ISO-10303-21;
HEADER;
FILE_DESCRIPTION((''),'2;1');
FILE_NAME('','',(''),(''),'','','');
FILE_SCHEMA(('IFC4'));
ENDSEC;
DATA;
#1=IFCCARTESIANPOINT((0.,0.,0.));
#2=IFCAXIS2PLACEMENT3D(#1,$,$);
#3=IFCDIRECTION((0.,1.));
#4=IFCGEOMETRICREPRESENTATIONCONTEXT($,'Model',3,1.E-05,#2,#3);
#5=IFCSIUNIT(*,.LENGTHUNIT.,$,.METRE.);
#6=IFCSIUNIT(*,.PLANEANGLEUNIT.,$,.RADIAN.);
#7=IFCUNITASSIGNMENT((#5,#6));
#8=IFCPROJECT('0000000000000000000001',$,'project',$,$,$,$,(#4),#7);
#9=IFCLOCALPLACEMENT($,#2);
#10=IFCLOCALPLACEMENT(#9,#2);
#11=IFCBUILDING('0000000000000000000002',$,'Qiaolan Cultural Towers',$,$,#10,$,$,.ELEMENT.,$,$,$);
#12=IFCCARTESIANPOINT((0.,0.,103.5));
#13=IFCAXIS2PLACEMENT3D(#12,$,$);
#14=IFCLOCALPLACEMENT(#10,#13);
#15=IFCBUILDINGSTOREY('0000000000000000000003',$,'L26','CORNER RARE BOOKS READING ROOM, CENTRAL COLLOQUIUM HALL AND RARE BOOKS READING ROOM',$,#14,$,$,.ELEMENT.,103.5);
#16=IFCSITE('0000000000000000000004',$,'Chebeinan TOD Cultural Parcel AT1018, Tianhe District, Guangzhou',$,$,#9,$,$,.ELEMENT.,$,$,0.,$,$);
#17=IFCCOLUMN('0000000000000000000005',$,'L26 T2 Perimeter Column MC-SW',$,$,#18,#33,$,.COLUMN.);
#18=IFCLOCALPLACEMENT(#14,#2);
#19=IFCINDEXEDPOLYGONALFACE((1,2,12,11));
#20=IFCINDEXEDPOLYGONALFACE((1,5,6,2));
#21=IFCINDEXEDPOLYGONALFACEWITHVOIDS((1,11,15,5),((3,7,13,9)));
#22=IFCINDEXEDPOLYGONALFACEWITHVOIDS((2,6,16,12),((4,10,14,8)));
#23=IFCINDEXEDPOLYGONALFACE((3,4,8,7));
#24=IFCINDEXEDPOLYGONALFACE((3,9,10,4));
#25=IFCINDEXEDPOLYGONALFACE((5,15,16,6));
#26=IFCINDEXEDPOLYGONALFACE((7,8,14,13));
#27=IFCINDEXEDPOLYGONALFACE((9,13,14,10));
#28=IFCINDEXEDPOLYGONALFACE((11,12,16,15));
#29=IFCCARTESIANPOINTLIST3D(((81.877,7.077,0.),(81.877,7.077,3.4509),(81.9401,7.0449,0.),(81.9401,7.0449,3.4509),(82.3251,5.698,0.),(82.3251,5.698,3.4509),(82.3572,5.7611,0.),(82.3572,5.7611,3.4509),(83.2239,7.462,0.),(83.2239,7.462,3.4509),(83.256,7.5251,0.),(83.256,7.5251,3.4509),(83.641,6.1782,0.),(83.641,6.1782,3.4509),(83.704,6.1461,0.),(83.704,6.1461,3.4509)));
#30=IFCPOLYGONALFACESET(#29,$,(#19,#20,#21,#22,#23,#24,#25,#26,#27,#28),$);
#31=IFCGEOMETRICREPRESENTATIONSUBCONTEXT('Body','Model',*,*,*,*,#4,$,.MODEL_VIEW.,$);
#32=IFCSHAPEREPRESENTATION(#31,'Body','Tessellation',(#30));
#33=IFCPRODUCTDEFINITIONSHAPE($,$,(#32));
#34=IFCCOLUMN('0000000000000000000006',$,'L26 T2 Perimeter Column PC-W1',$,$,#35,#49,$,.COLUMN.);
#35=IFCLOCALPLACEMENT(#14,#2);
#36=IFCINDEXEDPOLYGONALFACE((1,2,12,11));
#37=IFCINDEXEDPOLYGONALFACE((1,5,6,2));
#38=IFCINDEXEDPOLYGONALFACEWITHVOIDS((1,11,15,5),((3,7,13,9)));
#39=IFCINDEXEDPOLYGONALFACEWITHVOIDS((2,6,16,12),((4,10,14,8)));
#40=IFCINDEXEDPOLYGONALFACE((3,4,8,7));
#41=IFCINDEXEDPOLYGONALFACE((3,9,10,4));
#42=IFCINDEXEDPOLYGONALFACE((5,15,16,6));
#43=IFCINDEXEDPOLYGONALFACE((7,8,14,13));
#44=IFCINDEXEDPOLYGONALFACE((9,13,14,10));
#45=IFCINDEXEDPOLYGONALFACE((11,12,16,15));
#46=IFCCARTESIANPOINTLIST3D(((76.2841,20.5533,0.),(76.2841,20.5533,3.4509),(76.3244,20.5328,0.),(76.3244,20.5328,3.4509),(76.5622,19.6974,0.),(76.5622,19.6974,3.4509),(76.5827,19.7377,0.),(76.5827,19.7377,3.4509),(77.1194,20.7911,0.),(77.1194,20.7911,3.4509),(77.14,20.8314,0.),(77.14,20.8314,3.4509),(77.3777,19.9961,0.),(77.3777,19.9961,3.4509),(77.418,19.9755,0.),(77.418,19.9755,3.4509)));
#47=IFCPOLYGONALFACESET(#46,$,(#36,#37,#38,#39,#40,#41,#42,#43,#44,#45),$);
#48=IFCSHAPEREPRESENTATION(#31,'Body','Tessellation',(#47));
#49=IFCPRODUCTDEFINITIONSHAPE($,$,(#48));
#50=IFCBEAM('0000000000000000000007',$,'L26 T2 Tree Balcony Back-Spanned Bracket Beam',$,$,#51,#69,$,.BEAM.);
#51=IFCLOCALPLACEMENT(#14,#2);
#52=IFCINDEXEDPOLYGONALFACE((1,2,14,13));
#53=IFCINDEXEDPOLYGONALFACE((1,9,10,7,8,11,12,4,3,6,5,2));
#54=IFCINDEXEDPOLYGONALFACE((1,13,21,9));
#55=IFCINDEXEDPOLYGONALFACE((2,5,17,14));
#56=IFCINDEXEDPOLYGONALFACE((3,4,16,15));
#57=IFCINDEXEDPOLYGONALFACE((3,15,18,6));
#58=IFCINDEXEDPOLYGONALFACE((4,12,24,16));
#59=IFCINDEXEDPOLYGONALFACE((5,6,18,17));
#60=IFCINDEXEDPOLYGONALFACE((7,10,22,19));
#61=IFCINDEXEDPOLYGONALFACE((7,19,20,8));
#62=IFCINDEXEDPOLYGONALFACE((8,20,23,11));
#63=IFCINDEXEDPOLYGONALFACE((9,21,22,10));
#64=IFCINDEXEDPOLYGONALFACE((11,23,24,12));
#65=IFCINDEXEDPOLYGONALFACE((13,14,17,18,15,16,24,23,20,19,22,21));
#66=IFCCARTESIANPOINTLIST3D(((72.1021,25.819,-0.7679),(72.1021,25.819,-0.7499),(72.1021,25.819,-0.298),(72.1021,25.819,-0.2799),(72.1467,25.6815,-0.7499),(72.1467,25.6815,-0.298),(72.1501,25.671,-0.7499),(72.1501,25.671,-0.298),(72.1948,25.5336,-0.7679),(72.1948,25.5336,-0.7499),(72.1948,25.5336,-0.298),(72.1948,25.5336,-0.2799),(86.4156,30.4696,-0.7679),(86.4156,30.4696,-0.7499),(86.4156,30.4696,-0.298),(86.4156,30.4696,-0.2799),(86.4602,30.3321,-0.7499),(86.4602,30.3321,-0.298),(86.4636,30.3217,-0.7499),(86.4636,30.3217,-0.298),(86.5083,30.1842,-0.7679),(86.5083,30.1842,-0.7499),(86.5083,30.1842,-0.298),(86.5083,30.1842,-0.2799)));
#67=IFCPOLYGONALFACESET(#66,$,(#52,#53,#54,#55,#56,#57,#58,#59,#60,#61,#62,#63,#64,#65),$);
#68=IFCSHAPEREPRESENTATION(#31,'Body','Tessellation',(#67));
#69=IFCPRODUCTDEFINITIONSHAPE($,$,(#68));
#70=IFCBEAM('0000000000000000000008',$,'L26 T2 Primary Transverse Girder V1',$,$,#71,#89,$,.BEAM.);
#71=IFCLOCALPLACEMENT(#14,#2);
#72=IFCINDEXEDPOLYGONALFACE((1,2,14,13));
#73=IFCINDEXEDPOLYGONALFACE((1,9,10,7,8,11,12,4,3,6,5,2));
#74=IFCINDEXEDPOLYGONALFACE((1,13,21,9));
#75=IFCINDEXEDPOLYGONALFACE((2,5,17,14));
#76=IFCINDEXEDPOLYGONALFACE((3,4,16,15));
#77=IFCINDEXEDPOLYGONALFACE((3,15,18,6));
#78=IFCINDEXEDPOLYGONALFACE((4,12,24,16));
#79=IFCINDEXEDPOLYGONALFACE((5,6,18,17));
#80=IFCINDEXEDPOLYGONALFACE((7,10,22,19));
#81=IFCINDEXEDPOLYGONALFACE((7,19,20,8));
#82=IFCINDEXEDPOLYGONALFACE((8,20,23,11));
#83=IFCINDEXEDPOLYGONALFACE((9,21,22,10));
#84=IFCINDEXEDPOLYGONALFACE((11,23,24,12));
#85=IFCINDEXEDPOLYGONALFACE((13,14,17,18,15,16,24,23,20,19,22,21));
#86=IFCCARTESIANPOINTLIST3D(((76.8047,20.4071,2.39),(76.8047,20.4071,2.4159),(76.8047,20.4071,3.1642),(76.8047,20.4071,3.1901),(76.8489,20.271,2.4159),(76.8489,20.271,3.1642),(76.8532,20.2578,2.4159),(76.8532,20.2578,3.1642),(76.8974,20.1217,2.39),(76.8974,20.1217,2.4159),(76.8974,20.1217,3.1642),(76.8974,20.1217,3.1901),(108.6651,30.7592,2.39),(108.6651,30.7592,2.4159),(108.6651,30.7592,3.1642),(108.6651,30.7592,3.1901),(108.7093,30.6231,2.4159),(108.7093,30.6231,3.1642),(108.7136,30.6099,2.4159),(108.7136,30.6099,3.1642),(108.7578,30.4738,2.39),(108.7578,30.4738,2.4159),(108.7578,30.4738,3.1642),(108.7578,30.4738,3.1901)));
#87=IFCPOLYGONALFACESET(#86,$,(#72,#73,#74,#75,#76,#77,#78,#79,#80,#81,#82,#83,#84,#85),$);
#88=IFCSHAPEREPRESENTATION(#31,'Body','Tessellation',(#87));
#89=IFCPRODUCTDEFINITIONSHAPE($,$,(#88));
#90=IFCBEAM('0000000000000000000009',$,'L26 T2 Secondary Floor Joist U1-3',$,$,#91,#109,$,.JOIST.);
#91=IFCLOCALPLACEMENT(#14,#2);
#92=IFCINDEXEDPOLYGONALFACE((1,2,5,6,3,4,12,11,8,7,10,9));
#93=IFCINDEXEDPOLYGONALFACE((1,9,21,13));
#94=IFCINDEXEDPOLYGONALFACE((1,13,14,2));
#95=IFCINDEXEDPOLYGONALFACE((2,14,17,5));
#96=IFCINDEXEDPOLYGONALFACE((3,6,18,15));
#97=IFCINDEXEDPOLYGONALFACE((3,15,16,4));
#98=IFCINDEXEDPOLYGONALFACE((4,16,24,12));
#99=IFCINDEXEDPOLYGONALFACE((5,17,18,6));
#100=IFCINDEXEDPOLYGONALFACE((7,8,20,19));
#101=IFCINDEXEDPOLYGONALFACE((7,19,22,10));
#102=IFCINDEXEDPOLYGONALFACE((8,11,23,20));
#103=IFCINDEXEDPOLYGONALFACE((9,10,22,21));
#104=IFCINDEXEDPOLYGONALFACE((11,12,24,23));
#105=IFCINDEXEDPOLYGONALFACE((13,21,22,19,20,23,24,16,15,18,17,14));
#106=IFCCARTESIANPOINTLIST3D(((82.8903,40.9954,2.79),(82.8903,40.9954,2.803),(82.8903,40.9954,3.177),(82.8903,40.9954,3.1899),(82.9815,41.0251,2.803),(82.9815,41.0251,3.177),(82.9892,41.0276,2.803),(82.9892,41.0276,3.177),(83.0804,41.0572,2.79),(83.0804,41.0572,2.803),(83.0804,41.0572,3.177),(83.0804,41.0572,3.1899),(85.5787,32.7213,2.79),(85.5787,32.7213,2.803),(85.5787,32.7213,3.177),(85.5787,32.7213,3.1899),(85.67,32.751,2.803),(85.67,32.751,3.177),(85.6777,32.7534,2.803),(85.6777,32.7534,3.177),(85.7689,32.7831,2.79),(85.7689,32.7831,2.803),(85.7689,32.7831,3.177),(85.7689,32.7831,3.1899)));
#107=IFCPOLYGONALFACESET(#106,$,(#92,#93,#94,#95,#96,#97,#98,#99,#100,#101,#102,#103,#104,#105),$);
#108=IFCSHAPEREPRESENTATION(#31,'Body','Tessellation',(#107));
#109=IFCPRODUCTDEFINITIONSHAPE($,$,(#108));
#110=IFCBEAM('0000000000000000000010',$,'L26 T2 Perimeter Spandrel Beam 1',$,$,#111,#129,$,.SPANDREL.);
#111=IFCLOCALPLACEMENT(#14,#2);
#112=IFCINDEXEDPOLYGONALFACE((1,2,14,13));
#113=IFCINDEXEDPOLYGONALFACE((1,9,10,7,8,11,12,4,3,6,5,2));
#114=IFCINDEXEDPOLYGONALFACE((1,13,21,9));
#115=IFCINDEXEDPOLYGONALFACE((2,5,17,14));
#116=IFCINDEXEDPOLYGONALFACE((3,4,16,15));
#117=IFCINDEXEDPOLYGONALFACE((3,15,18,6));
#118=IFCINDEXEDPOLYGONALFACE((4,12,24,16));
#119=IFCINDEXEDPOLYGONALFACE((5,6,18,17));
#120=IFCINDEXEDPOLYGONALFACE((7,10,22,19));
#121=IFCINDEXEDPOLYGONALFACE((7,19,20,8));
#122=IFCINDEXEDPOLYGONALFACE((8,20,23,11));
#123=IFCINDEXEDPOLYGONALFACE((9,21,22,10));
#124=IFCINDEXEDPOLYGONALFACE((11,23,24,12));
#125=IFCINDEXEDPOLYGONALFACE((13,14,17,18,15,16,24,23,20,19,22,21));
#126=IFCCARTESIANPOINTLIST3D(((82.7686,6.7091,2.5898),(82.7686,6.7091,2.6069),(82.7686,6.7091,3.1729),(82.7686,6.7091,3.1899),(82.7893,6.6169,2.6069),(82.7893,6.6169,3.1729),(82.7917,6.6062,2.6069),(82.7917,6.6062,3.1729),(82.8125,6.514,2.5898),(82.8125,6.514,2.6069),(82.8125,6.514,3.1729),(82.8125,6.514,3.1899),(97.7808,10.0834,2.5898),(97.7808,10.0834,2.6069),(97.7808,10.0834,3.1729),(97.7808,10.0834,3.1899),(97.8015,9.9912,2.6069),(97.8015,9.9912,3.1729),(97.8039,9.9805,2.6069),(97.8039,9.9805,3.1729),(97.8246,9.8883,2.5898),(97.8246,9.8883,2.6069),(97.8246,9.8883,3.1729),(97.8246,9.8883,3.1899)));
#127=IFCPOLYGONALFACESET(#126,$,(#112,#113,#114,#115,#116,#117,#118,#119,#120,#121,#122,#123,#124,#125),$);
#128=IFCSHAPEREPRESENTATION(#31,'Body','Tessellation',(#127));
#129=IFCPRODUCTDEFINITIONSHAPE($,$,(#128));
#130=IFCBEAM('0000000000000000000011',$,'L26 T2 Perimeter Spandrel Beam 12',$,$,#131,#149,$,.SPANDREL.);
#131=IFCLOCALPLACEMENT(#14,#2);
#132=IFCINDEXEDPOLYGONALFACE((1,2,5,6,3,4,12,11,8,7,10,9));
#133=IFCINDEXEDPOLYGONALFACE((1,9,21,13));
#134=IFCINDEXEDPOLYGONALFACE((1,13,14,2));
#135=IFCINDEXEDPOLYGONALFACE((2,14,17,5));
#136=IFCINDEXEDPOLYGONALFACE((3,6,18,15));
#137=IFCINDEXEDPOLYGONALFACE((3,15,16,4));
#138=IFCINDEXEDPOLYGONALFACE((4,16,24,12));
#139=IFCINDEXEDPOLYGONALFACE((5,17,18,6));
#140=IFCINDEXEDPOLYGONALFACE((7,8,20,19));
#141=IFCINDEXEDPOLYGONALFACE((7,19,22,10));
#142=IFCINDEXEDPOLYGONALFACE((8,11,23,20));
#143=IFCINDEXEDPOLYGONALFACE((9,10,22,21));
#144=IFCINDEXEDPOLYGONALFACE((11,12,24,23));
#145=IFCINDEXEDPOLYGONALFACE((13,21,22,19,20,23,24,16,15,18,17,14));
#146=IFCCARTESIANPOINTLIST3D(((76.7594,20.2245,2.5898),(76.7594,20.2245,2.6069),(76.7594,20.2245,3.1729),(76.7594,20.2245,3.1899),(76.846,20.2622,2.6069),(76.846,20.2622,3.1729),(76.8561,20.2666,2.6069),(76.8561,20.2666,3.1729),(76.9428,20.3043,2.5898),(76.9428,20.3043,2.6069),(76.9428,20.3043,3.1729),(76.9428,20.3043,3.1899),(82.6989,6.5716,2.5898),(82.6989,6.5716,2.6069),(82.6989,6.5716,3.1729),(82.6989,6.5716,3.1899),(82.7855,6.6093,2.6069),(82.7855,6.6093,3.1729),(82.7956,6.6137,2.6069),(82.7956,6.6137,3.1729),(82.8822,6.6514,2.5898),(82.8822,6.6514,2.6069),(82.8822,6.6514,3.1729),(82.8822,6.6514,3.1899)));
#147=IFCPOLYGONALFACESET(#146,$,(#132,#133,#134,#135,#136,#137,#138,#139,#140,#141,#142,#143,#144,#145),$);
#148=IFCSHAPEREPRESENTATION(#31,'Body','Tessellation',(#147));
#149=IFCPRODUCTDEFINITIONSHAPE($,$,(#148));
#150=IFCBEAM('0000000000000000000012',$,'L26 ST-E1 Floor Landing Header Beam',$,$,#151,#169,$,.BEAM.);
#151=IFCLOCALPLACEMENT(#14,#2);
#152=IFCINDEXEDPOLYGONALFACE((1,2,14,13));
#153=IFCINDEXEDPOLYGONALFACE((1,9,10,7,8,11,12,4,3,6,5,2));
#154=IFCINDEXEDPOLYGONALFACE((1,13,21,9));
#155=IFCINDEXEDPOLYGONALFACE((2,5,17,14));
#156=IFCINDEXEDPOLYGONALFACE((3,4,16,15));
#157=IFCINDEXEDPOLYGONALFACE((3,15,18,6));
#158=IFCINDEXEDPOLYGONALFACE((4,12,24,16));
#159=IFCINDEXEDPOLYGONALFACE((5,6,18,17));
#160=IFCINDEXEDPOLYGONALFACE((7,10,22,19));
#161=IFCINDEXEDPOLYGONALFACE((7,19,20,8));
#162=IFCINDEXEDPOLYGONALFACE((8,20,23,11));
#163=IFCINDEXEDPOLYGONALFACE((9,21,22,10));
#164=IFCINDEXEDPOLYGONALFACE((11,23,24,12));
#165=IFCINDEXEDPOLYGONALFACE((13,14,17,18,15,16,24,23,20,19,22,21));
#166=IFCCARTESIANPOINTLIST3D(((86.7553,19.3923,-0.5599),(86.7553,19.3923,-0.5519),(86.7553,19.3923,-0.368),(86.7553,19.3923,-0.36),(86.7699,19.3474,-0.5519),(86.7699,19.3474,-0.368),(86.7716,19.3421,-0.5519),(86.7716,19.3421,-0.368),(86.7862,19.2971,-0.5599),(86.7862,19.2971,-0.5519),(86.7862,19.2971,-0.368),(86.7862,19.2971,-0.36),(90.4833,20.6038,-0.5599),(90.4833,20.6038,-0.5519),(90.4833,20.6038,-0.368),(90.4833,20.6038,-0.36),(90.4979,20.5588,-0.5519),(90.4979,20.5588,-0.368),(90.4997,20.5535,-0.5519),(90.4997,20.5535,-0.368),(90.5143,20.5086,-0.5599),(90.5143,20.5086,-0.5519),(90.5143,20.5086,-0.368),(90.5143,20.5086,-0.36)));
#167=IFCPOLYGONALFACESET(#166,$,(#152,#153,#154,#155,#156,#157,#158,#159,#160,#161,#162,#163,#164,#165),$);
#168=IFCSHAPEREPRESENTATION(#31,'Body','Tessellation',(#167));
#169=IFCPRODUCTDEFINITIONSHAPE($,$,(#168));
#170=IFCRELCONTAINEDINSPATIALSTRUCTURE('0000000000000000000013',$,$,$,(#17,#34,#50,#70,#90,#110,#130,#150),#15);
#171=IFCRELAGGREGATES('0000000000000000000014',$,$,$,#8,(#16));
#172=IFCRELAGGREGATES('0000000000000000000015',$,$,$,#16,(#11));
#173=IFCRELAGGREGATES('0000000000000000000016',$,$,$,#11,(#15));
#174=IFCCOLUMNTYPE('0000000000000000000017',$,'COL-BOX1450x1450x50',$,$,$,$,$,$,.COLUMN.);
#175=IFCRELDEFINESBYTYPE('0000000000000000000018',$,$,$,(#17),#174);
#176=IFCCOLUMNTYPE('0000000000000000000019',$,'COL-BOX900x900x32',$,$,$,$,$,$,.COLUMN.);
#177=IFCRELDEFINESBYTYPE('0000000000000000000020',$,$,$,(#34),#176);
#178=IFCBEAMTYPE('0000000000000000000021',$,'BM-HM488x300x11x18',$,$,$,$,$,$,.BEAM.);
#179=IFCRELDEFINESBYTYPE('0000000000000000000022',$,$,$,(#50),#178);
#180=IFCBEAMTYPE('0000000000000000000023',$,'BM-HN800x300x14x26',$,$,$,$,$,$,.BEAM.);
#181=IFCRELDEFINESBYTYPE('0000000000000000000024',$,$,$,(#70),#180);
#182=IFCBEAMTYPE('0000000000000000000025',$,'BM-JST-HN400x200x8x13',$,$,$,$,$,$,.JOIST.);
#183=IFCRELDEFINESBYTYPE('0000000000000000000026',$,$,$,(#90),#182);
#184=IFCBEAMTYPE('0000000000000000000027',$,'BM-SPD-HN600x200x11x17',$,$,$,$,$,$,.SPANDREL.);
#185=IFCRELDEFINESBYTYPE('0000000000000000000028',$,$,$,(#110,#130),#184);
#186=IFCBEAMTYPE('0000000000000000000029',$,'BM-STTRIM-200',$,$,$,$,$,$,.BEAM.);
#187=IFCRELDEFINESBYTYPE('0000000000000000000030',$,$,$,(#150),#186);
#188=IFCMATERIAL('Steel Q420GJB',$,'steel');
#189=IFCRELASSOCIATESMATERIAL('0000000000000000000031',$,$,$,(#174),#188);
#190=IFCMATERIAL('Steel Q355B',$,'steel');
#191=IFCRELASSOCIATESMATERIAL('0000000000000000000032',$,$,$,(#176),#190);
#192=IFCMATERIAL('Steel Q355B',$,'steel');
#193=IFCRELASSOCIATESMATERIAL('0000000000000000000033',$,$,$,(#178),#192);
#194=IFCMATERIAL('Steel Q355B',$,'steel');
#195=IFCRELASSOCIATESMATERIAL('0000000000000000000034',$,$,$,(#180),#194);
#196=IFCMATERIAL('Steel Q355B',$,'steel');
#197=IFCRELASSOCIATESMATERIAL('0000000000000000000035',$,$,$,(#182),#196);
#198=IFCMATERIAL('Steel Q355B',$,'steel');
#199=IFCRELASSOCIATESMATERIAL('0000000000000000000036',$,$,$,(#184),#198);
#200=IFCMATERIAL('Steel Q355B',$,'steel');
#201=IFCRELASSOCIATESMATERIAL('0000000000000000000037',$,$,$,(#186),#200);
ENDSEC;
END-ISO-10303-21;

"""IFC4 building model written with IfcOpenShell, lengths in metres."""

from ifc_helpers import new_model, si_unit, direction, frame, origin, origin_2d, place, context, subcontext, project, spatial, hollow_rectangle, i_section, extrude, material, material_profile, profile_set, type_object, element, save


model = new_model("IFC4")

# Units and contexts
model_context = context("Model", 3, precision=1e-05, world=origin(), true_north=direction((0.0, 1.0)))
body_context = subcontext(model_context, "Body", "Model", "MODEL_VIEW")
ifc_project = project(units=[si_unit("LENGTHUNIT", "METRE"), si_unit("PLANEANGLEUNIT", "RADIAN")], contexts=[model_context])

# Site, building, storey
site_placement = place(None, origin())
site = spatial("IfcSite", under=ifc_project, at=site_placement, Name="Chebeinan TOD Cultural Parcel AT1018, Tianhe District, Guangzhou", CompositionType="ELEMENT", RefElevation=0.0)
building_placement = place(site_placement, origin())
building = spatial("IfcBuilding", under=site, at=building_placement, Name="Qiaolan Cultural Towers", CompositionType="ELEMENT")
storey_placement = place(building_placement, frame((0.0, 0.0, 103.5)))
storey = spatial("IfcBuildingStorey", under=building, at=storey_placement, Name="L26", Description="CORNER RARE BOOKS READING ROOM, CENTRAL COLLOQUIUM HALL AND RARE BOOKS READING ROOM", CompositionType="ELEMENT", Elevation=103.5)

# Columns
ifc_material_1 = material(Name="Steel Q420GJB", Category="steel")
ifc_material_profile_1 = material_profile(ifc_material_1, hollow_rectangle(XDim=1.45, YDim=1.45, WallThickness=0.05, at=origin_2d()), Name="BOX1450x1450x50")
ifc_profile_set_1 = profile_set([ifc_material_profile_1], Name="Steel Q420GJB")
column_type_1 = type_object("IfcColumnType", Name="COL-BOX1450x1450x50", PredefinedType="COLUMN", material=ifc_profile_set_1)
column_1_placement = place(storey_placement, frame((82.7905, 6.6116, 0.0), z_axis=(0.0, 0.0, 1.0), x_axis=(0.951057, 0.309017, 0.0)))
element("IfcColumn", 1, at=column_1_placement, inside=storey, type_object=column_type_1, Name="L26 T2 Perimeter Column MC-SW", PredefinedType="COLUMN", context=body_context, shape_type="SweptSolid", body=[
    extrude(hollow_rectangle(XDim=1.45, YDim=1.45, WallThickness=0.05, at=origin_2d()), origin(), (0.0, 0.0, 1.0), 3.4509),
])
ifc_material_2 = material(Name="Steel Q355B", Category="steel")
ifc_material_profile_2 = material_profile(ifc_material_2, hollow_rectangle(XDim=0.8999, YDim=0.8999, WallThickness=0.032, at=origin_2d()), Name="BOX900x900x32")
ifc_profile_set_2 = profile_set([ifc_material_profile_2], Name="Steel Q355B")
column_type_2 = type_object("IfcColumnType", Name="COL-BOX900x900x32", PredefinedType="COLUMN", material=ifc_profile_set_2)
column_2_placement = place(storey_placement, frame((76.8511, 20.2644, 0.0), z_axis=(0.0, 0.0, 1.0), x_axis=(0.951057, 0.309017, 0.0)))
element("IfcColumn", 2, at=column_2_placement, inside=storey, type_object=column_type_2, Name="L26 T2 Perimeter Column PC-W1", PredefinedType="COLUMN", context=body_context, shape_type="SweptSolid", body=[
    extrude(hollow_rectangle(XDim=0.8999, YDim=0.8999, WallThickness=0.032, at=origin_2d()), origin(), (0.0, 0.0, 1.0), 3.4509),
])

# Beams
ifc_material_3 = material(Name="Steel Q355B", Category="steel")
ifc_material_profile_3 = material_profile(ifc_material_3, i_section(OverallWidth=0.3, OverallDepth=0.488, WebThickness=0.011, FlangeThickness=0.0181, at=origin_2d()), Name="HM488x300x11x18")
ifc_profile_set_3 = profile_set([ifc_material_profile_3], Name="Steel Q355B")
beam_type_1 = type_object("IfcBeamType", Name="BM-HM488x300x11x18", PredefinedType="BEAM", material=ifc_profile_set_3)
beam_1_placement = place(storey_placement, frame((86.4619, 30.3269, -0.5239), z_axis=(-0.951058, -0.309011, 0.0), x_axis=(0.309011, -0.951058, 0.0)))
element("IfcBeam", 3, at=beam_1_placement, inside=storey, type_object=beam_type_1, Name="L26 T2 Tree Balcony Back-Spanned Bracket Beam", PredefinedType="BEAM", context=body_context, shape_type="SweptSolid", body=[
    extrude(i_section(OverallWidth=0.3, OverallDepth=0.488, WebThickness=0.011, FlangeThickness=0.0181, at=origin_2d()), origin(), (0.0, 0.0, 1.0), 15.05),
])
ifc_material_4 = material(Name="Steel Q355B", Category="steel")
ifc_material_profile_4 = material_profile(ifc_material_4, i_section(OverallWidth=0.3, OverallDepth=0.8, WebThickness=0.0139, FlangeThickness=0.0259, at=origin_2d()), Name="HN800x300x14x26")
ifc_profile_set_4 = profile_set([ifc_material_profile_4], Name="Steel Q355B")
beam_type_2 = type_object("IfcBeamType", Name="BM-HN800x300x14x26", PredefinedType="BEAM", material=ifc_profile_set_4)
beam_2_placement = place(storey_placement, frame((76.8511, 20.2644, 2.79), z_axis=(0.951057, 0.309017, 0.0), x_axis=(-0.309017, 0.951057, 0.0)))
element("IfcBeam", 4, at=beam_2_placement, inside=storey, type_object=beam_type_2, Name="L26 T2 Primary Transverse Girder V1", PredefinedType="BEAM", context=body_context, shape_type="SweptSolid", body=[
    extrude(i_section(OverallWidth=0.3, OverallDepth=0.8, WebThickness=0.0139, FlangeThickness=0.0259, at=origin_2d()), origin(), (0.0, 0.0, 1.0), 33.5),
])
ifc_material_5 = material(Name="Steel Q355B", Category="steel")
ifc_material_profile_5 = material_profile(ifc_material_5, i_section(OverallWidth=0.2, OverallDepth=0.3999, WebThickness=0.0081, FlangeThickness=0.0129, at=origin_2d()), Name="HN400x200x8x13")
ifc_profile_set_5 = profile_set([ifc_material_profile_5], Name="Steel Q355B")
beam_type_3 = type_object("IfcBeamType", Name="BM-JST-HN400x200x8x13", PredefinedType="JOIST", material=ifc_profile_set_5)
beam_3_placement = place(storey_placement, frame((85.6738, 32.7522, 2.99), z_axis=(-0.309021, 0.951055, 0.0), x_axis=(-0.951055, -0.309021, 0.0)))
element("IfcBeam", 5, at=beam_3_placement, inside=storey, type_object=beam_type_3, Name="L26 T2 Secondary Floor Joist U1-3", PredefinedType="JOIST", context=body_context, shape_type="SweptSolid", body=[
    extrude(i_section(OverallWidth=0.2, OverallDepth=0.3999, WebThickness=0.0081, FlangeThickness=0.0129, at=origin_2d()), origin(), (0.0, 0.0, 1.0), 8.7),
])
ifc_material_6 = material(Name="Steel Q355B", Category="steel")
ifc_material_profile_6 = material_profile(ifc_material_6, i_section(OverallWidth=0.2, OverallDepth=0.6001, WebThickness=0.011, FlangeThickness=0.0171, at=origin_2d()), Name="HN600x200x11x17")
ifc_profile_set_6 = profile_set([ifc_material_profile_6], Name="Steel Q355B")
beam_type_4 = type_object("IfcBeamType", Name="BM-SPD-HN600x200x11x17", PredefinedType="SPANDREL", material=ifc_profile_set_6)
beam_4_placement = place(storey_placement, frame((82.7905, 6.6116, 2.8899), z_axis=(0.975658, 0.219297, 0.0), x_axis=(-0.219297, 0.975658, 0.0)))
element("IfcBeam", 6, at=beam_4_placement, inside=storey, type_object=beam_type_4, Name="L26 T2 Perimeter Spandrel Beam 1", PredefinedType="SPANDREL", context=body_context, shape_type="SweptSolid", body=[
    extrude(i_section(OverallWidth=0.2, OverallDepth=0.6001, WebThickness=0.011, FlangeThickness=0.0171, at=origin_2d()), origin(), (0.0, 0.0, 1.0), 15.3867),
])
beam_5_placement = place(storey_placement, frame((76.8511, 20.2644, 2.8899), z_axis=(0.39892, -0.916986, 0.0), x_axis=(0.916986, 0.39892, 0.0)))
element("IfcBeam", 7, at=beam_5_placement, inside=storey, type_object=beam_type_4, Name="L26 T2 Perimeter Spandrel Beam 12", PredefinedType="SPANDREL", context=body_context, shape_type="SweptSolid", body=[
    extrude(i_section(OverallWidth=0.2, OverallDepth=0.6001, WebThickness=0.011, FlangeThickness=0.0171, at=origin_2d()), origin(), (0.0, 0.0, 1.0), 14.8889),
])
ifc_material_7 = material(Name="Steel Q355B", Category="steel")
ifc_material_profile_7 = material_profile(ifc_material_7, i_section(OverallWidth=0.1001, OverallDepth=0.2, WebThickness=0.0056, FlangeThickness=0.0081, at=origin_2d()), Name="HN200x100x5.5x8")
ifc_profile_set_7 = profile_set([ifc_material_profile_7], Name="Steel Q355B")
beam_type_5 = type_object("IfcBeamType", Name="BM-STTRIM-200", PredefinedType="BEAM", material=ifc_profile_set_7)
beam_6_placement = place(storey_placement, frame((86.7708, 19.3447, -0.46), z_axis=(0.951048, 0.309044, 0.0), x_axis=(-0.309044, 0.951048, 0.0)))
element("IfcBeam", 8, at=beam_6_placement, inside=storey, type_object=beam_type_5, Name="L26 ST-E1 Floor Landing Header Beam", PredefinedType="BEAM", context=body_context, shape_type="SweptSolid", body=[
    extrude(i_section(OverallWidth=0.1001, OverallDepth=0.2, WebThickness=0.0056, FlangeThickness=0.0081, at=origin_2d()), origin(), (0.0, 0.0, 1.0), 3.9199),
])

save(model, "model.ifc")
